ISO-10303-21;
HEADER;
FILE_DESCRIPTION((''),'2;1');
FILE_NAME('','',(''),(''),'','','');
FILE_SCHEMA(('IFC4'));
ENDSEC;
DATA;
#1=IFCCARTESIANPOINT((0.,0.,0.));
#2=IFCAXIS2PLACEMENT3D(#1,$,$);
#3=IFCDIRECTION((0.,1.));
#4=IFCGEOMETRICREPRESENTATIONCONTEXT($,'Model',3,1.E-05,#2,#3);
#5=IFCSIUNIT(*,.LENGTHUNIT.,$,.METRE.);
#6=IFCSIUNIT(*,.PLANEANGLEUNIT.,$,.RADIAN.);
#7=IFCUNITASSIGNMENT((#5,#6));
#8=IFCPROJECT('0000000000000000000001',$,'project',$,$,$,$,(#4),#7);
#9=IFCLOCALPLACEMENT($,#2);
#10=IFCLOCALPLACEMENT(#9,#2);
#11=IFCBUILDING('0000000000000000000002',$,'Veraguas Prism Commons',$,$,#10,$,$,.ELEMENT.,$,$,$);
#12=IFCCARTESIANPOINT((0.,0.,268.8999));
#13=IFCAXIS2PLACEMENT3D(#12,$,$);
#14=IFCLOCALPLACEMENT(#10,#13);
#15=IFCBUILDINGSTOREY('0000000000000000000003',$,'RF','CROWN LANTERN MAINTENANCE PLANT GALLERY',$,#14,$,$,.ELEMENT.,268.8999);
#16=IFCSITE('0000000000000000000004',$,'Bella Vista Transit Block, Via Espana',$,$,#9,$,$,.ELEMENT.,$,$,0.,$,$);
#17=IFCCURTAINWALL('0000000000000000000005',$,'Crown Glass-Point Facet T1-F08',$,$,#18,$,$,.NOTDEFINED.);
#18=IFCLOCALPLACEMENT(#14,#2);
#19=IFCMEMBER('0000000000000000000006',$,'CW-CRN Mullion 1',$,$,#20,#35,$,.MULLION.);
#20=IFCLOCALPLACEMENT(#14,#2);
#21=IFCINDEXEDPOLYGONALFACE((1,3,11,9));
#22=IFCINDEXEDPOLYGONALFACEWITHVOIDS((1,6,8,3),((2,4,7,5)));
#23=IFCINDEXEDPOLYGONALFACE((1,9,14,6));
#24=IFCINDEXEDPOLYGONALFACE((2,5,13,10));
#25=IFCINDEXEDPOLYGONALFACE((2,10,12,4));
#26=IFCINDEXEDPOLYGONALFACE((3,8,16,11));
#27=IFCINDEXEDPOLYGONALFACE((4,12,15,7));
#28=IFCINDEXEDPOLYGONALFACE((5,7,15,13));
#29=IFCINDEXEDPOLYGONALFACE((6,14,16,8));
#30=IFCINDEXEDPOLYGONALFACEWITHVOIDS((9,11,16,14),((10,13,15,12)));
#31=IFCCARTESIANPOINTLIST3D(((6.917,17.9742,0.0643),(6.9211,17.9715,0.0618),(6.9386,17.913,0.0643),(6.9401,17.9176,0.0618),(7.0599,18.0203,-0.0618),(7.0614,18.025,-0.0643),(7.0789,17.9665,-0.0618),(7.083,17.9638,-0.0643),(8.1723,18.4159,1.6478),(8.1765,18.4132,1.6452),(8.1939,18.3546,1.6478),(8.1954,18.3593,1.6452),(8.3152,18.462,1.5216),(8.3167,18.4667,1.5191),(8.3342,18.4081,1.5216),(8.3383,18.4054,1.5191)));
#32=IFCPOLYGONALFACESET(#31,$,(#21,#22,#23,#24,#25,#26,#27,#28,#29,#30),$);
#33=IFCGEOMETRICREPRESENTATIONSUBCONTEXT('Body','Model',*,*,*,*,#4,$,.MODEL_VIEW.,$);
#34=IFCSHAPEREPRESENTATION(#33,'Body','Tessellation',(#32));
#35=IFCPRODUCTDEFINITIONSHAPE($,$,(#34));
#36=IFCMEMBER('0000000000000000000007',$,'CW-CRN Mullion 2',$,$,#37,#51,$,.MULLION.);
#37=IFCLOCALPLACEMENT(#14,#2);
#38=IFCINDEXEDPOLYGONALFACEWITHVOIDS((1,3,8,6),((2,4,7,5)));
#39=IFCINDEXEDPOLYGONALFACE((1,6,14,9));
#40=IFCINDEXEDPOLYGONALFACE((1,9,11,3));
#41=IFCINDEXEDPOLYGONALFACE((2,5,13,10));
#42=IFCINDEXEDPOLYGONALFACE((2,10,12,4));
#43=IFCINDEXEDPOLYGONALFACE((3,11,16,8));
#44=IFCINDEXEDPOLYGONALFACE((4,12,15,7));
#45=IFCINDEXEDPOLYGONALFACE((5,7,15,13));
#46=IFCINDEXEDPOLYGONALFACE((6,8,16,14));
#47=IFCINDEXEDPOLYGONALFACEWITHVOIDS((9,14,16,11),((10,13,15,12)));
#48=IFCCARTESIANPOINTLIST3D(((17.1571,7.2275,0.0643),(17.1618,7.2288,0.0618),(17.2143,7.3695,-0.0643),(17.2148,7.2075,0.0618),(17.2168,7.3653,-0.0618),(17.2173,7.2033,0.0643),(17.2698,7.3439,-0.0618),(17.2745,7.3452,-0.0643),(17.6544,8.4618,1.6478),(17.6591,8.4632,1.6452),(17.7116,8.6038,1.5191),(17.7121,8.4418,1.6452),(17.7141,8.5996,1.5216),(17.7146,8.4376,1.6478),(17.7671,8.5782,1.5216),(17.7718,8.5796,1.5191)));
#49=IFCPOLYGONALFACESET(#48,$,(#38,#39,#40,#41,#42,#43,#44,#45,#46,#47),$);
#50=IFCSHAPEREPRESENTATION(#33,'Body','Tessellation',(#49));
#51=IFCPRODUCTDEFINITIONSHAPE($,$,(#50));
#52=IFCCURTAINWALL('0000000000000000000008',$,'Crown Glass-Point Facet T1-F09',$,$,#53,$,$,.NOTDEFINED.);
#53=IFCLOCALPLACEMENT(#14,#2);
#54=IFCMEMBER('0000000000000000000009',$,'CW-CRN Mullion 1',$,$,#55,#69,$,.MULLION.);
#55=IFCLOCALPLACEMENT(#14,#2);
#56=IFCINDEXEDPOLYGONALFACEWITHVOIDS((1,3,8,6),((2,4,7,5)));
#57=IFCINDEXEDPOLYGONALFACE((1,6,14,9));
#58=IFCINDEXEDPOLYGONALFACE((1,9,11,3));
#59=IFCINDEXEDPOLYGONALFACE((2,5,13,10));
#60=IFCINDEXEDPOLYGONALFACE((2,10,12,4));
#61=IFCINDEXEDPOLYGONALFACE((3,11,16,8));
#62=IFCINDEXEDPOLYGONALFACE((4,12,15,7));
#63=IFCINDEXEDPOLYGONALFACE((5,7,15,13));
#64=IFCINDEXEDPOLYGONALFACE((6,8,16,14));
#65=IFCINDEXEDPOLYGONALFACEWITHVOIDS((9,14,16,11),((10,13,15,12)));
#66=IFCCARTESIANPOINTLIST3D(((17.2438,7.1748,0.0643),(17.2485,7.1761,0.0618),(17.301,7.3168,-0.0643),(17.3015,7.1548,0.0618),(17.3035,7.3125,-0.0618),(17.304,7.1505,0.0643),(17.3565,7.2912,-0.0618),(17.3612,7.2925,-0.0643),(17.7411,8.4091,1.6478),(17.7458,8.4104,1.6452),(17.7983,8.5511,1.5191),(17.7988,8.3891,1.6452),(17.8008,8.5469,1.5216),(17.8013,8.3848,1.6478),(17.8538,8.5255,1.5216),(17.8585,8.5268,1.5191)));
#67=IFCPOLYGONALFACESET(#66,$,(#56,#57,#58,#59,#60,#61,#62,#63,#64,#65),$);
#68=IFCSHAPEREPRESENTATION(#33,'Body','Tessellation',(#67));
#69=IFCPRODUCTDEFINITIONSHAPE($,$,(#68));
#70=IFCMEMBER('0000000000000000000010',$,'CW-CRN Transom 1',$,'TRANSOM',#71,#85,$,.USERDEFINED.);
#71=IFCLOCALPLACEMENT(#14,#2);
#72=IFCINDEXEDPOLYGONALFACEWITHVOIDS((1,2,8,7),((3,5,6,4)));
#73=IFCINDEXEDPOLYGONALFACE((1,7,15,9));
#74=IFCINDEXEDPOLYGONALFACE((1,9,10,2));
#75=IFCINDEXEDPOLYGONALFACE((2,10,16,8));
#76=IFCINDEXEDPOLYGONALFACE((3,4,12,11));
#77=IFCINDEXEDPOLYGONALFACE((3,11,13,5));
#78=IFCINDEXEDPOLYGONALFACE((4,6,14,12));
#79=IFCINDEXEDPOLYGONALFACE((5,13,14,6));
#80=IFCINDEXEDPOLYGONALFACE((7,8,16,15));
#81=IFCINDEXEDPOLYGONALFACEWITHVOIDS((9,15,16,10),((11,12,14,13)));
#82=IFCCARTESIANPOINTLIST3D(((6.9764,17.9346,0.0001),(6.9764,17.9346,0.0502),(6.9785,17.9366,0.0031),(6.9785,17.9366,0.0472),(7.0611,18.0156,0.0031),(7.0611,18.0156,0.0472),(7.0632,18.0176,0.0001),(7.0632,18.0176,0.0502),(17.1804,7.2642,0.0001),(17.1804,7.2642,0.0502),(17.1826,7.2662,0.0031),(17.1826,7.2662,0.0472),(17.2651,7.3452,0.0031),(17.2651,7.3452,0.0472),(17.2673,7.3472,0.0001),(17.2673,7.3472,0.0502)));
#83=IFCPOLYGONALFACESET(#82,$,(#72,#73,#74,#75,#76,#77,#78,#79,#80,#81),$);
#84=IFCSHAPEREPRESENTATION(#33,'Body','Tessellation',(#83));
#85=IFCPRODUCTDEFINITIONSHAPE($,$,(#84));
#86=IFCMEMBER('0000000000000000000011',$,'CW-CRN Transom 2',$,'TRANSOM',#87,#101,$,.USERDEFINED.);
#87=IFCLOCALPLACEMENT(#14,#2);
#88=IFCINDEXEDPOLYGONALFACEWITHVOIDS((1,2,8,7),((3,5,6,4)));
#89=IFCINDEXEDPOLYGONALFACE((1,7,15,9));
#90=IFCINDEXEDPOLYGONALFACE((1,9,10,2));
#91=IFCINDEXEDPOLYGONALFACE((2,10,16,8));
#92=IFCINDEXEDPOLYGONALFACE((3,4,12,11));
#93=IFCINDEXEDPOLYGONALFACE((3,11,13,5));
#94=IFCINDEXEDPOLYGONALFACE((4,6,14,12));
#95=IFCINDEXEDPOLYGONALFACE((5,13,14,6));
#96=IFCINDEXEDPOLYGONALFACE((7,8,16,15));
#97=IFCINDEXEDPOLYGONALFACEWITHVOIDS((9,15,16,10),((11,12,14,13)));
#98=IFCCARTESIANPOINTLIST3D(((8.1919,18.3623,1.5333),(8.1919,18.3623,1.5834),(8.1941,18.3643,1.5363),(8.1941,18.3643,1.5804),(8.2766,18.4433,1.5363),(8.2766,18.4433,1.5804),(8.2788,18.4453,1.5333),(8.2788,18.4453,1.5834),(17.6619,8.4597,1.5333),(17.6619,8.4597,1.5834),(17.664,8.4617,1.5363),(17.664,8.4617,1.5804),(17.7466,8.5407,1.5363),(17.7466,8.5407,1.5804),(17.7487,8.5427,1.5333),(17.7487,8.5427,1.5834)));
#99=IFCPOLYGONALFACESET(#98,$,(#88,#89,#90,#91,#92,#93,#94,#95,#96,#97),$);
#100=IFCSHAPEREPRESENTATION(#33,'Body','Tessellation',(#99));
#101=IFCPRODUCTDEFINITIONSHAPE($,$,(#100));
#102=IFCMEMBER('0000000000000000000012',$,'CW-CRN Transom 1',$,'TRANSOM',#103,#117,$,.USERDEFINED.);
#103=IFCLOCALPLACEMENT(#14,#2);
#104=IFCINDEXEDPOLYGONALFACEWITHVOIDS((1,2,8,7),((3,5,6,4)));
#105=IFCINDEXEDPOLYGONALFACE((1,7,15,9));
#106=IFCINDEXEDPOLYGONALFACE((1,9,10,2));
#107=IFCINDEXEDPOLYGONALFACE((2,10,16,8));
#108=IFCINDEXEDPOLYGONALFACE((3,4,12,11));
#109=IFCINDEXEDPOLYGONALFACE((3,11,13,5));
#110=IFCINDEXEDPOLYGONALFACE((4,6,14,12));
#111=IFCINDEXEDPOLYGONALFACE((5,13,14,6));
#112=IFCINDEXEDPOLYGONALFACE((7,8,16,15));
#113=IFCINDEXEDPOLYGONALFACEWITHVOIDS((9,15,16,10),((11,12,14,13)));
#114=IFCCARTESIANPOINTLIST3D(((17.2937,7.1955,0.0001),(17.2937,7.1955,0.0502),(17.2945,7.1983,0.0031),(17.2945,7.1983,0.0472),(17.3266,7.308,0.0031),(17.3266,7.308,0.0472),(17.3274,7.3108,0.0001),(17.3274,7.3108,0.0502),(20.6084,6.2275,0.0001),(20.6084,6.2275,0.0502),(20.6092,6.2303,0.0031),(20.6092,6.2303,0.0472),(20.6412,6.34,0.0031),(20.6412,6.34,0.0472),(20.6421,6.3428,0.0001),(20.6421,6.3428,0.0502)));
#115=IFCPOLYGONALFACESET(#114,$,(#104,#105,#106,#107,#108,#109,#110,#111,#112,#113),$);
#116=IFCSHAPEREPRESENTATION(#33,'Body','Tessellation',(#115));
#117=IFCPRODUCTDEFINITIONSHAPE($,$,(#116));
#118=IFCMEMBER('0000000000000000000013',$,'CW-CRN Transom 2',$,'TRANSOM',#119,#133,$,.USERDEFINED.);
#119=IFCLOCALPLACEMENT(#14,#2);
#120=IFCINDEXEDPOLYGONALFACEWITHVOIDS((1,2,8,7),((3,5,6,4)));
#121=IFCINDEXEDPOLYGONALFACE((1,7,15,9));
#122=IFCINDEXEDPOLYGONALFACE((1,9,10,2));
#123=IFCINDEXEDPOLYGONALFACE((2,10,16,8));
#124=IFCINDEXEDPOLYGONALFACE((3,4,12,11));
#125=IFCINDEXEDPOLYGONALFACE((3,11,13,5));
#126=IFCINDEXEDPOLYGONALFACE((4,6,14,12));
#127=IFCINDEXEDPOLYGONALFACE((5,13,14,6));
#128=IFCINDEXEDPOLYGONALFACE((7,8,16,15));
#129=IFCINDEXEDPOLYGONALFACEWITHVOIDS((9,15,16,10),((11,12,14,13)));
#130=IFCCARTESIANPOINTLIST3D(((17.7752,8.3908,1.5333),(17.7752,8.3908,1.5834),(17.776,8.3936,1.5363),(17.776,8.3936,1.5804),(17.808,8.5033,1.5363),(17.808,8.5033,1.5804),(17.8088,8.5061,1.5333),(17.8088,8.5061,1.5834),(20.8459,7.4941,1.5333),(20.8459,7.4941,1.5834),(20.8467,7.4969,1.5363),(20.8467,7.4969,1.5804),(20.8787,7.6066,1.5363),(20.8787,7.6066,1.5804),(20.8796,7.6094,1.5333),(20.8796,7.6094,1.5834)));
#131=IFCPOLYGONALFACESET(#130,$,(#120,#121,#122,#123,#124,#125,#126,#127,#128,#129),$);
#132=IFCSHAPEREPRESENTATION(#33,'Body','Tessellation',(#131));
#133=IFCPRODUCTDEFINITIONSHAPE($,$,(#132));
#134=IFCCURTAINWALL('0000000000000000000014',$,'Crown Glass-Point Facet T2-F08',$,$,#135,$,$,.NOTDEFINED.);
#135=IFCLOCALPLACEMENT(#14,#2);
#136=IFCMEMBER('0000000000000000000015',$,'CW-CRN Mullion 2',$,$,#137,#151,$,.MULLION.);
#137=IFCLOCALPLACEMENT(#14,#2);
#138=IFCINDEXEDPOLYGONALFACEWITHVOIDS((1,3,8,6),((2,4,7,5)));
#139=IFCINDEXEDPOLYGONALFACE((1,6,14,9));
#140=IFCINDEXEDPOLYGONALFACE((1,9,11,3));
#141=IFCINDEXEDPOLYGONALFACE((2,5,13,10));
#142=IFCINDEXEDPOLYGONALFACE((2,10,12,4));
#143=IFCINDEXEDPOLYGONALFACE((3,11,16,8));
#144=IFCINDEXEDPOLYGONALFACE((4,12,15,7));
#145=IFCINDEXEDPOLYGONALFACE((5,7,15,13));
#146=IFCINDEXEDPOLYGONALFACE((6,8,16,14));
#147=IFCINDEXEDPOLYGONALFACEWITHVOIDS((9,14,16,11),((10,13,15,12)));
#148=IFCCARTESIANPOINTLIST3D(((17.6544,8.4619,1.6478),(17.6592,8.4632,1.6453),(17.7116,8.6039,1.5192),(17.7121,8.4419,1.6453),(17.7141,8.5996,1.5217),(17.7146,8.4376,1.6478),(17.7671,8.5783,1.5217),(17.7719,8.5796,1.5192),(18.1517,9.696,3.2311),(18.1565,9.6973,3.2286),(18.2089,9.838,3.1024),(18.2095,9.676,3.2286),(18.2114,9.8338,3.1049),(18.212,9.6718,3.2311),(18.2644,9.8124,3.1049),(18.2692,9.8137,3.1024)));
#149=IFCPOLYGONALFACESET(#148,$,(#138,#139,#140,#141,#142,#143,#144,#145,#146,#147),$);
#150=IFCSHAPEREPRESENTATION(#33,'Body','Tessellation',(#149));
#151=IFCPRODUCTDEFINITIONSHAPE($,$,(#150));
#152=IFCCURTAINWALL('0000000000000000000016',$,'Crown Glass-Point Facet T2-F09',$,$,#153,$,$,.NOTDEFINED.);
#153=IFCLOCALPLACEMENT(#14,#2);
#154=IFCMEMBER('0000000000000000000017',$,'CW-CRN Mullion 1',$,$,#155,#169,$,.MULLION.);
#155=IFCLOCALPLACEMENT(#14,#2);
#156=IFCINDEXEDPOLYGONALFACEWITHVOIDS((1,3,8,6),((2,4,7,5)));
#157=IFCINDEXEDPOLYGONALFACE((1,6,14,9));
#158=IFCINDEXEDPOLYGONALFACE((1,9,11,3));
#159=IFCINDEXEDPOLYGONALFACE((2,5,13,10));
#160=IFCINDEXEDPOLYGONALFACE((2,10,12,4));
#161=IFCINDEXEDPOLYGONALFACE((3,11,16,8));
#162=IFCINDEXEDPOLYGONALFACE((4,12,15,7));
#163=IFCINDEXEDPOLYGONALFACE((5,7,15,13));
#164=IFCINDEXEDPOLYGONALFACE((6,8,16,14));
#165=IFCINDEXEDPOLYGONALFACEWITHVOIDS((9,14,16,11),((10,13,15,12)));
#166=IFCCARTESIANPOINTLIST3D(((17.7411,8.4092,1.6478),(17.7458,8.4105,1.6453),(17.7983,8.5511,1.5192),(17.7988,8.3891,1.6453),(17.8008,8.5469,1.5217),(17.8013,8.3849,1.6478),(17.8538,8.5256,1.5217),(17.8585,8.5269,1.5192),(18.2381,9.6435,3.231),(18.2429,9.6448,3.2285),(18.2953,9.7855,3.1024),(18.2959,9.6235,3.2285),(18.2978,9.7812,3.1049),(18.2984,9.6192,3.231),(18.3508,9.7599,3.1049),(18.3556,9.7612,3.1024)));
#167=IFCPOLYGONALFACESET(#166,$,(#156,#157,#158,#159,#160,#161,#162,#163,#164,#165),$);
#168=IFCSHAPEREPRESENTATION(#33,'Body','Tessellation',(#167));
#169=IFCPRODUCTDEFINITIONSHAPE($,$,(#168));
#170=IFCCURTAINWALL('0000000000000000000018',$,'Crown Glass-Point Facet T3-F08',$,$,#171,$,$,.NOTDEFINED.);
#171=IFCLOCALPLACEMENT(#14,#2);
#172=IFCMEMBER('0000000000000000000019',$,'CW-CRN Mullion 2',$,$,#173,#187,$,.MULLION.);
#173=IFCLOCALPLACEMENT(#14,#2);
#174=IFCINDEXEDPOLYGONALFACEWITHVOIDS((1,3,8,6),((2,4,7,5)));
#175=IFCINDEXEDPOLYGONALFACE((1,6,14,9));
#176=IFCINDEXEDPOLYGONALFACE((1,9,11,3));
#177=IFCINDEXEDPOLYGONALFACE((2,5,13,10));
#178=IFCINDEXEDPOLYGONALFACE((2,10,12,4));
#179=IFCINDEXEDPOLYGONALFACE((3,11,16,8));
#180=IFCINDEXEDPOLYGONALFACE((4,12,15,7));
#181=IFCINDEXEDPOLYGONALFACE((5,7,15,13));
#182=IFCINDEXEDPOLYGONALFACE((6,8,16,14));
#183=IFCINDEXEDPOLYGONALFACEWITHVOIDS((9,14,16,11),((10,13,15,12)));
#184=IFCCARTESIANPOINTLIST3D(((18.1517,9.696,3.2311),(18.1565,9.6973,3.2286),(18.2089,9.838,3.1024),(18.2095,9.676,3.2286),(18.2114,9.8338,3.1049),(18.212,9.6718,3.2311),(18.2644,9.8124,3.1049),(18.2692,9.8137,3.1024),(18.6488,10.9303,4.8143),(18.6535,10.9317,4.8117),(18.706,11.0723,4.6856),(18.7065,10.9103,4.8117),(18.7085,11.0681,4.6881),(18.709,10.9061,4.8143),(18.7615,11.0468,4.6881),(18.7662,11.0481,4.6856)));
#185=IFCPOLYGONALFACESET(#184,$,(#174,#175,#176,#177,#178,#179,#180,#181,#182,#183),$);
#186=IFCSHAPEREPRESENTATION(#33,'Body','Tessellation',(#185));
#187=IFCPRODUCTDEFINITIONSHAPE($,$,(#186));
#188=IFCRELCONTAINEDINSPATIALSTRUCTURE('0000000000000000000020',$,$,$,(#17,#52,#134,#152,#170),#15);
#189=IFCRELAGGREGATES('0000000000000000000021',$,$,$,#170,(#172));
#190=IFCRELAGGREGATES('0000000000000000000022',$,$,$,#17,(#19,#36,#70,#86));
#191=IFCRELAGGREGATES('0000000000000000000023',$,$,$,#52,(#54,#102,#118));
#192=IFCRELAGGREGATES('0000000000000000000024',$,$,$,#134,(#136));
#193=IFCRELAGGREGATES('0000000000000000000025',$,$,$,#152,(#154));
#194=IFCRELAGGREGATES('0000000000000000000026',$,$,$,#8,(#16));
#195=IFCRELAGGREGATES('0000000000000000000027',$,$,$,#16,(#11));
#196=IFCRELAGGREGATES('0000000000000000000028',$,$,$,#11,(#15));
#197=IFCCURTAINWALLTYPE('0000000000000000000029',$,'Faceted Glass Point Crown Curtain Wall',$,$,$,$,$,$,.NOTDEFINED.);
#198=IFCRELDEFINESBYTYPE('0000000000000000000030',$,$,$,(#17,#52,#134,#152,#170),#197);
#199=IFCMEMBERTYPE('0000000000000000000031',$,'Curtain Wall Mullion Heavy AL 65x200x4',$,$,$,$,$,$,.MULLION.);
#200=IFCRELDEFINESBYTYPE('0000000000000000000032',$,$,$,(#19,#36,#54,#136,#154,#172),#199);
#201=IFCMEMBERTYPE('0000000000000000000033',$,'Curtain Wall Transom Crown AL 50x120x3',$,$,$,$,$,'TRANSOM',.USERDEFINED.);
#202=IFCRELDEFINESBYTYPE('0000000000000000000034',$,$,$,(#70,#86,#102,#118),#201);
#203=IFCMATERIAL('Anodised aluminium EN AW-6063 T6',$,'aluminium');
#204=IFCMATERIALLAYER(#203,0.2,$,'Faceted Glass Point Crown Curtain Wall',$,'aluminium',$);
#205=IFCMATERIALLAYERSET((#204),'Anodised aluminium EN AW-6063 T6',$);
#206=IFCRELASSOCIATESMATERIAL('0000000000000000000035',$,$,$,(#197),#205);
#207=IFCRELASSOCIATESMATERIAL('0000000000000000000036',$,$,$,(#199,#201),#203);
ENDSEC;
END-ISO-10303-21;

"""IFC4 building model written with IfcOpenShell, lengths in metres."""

from ifc_helpers import new_model, si_unit, direction, frame, origin, origin_2d, place, context, subcontext, project, spatial, hollow_rectangle, extrude, source, transform, mapped, material, layer, layer_set, material_profile, profile_set, type_object, element, aggregate, save


model = new_model("IFC4")

# Units and contexts
model_context = context("Model", 3, precision=1e-05, world=origin(), true_north=direction((0.0, 1.0)))
body_context = subcontext(model_context, "Body", "Model", "MODEL_VIEW")
ifc_project = project(units=[si_unit("LENGTHUNIT", "METRE"), si_unit("PLANEANGLEUNIT", "RADIAN")], contexts=[model_context])

# Site, building, storey
site_placement = place(None, origin())
site = spatial("IfcSite", under=ifc_project, at=site_placement, Name="Bella Vista Transit Block, Via Espana", CompositionType="ELEMENT", RefElevation=0.0)
building_placement = place(site_placement, origin())
building = spatial("IfcBuilding", under=site, at=building_placement, Name="Veraguas Prism Commons", CompositionType="ELEMENT")
storey_placement = place(building_placement, frame((0.0, 0.0, 268.8999)))
storey = spatial("IfcBuildingStorey", under=building, at=storey_placement, Name="RF", Description="CROWN LANTERN MAINTENANCE PLANT GALLERY", CompositionType="ELEMENT", Elevation=268.8999)

# Shared definitions
ifc_material_1 = material(Name="Anodised aluminium EN AW-6063 T6", Category="aluminium")
ifc_layer_1 = layer(ifc_material_1, 0.2, Name="Faceted Glass Point Crown Curtain Wall", Category="aluminium")
ifc_layer_set_1 = layer_set([ifc_layer_1], Name="Anodised aluminium EN AW-6063 T6")
curtain_wall_type = type_object("IfcCurtainWallType", Name="Faceted Glass Point Crown Curtain Wall", PredefinedType="NOTDEFINED", material=ifc_layer_set_1)
ifc_material_profile_1 = material_profile(ifc_material_1, hollow_rectangle(XDim=0.0649, YDim=0.2, WallThickness=0.0039, at=origin_2d()), Name="AL65X200X4")
ifc_profile_set_1 = profile_set([ifc_material_profile_1], Name="Anodised aluminium EN AW-6063 T6")
member_type_1 = type_object("IfcMemberType", Name="Curtain Wall Mullion Heavy AL 65x200x4", PredefinedType="MULLION", material=ifc_profile_set_1)
shared_shape_1 = source(origin(), body_context, "Body", "SweptSolid", [
    extrude(hollow_rectangle(XDim=0.0649, YDim=0.2, WallThickness=0.0039, at=origin_2d()), origin(), (0.0, 0.0, 1.0), 2.0684),
])

# Curtain wall, members
curtain_wall_1_placement = place(storey_placement, origin())
curtain_wall_1 = element("IfcCurtainWall", 1, at=curtain_wall_1_placement, inside=storey, type_object=curtain_wall_type, Name="Crown Glass-Point Facet T1-F08", PredefinedType="NOTDEFINED")
member_1_placement = place(storey_placement, frame((7.0, 17.969, 0.0), z_axis=(0.606915, 0.213518, 0.765548), x_axis=(-0.33187, 0.943325, 0.0)))
member_1 = element("IfcMember", 2, at=member_1_placement, type_object=member_type_1, Name="CW-CRN Mullion 1", PredefinedType="MULLION", context=body_context, shape_type="MappedRepresentation", body=[
    mapped(shared_shape_1, transform((0.0, 0.0, 0.0), scale=1.0)),
])
member_2_placement = place(storey_placement, frame((17.2158, 7.2864, 0.0), z_axis=(0.240429, 0.596765, 0.765549), x_axis=(-0.92755, 0.373699, 0.0)))
member_2 = element("IfcMember", 3, at=member_2_placement, type_object=member_type_1, Name="CW-CRN Mullion 2", PredefinedType="MULLION", context=body_context, shape_type="MappedRepresentation", body=[
    mapped(shared_shape_1, transform((0.0, 0.0, 0.0), scale=1.0)),
])

# Curtain wall, member
curtain_wall_2_placement = place(storey_placement, origin())
curtain_wall_2 = element("IfcCurtainWall", 4, at=curtain_wall_2_placement, inside=storey, type_object=curtain_wall_type, Name="Crown Glass-Point Facet T1-F09", PredefinedType="NOTDEFINED")
member_3_placement = place(storey_placement, frame((17.3025, 7.2336, 0.0), z_axis=(0.240429, 0.596765, 0.765549), x_axis=(-0.92755, 0.373699, 0.0)))
member_3 = element("IfcMember", 5, at=member_3_placement, type_object=member_type_1, Name="CW-CRN Mullion 1", PredefinedType="MULLION", context=body_context, shape_type="MappedRepresentation", body=[
    mapped(shared_shape_1, transform((0.0, 0.0, 0.0), scale=1.0)),
])

# Members
ifc_material_profile_2 = material_profile(ifc_material_1, hollow_rectangle(XDim=0.05, YDim=0.1201, WallThickness=0.0029, at=origin_2d()), Name="AL50X120X3")
ifc_profile_set_2 = profile_set([ifc_material_profile_2], Name="Anodised aluminium EN AW-6063 T6")
member_type_2 = type_object("IfcMemberType", Name="Curtain Wall Transom Crown AL 50x120x3", ElementType="TRANSOM", PredefinedType="USERDEFINED", material=ifc_profile_set_2)
shared_shape_2 = source(origin(), body_context, "Body", "SweptSolid", [
    extrude(hollow_rectangle(XDim=0.05, YDim=0.1201, WallThickness=0.0029, at=origin_2d()), origin(), (0.0, 0.0, 1.0), 14.7642),
])
member_4_placement = place(storey_placement, frame((7.0198, 17.9761, 0.0251), z_axis=(0.691139, -0.722722, 0.0), x_axis=(0.0, 0.0, 1.0)))
member_4 = element("IfcMember", 6, at=member_4_placement, type_object=member_type_2, Name="CW-CRN Transom 1", ObjectType="TRANSOM", PredefinedType="USERDEFINED", context=body_context, shape_type="MappedRepresentation", body=[
    mapped(shared_shape_2, transform((0.0, 0.0, 0.0), scale=1.0)),
])
shared_shape_3 = source(origin(), body_context, "Body", "SweptSolid", [
    extrude(hollow_rectangle(XDim=0.05, YDim=0.1201, WallThickness=0.0029, at=origin_2d()), origin(), (0.0, 0.0, 1.0), 13.7019),
])
member_5_placement = place(storey_placement, frame((8.2354, 18.4038, 1.5583), z_axis=(0.691144, -0.722717, 0.0), x_axis=(0.0, 0.0, 1.0)))
member_5 = element("IfcMember", 7, at=member_5_placement, type_object=member_type_2, Name="CW-CRN Transom 2", ObjectType="TRANSOM", PredefinedType="USERDEFINED", context=body_context, shape_type="MappedRepresentation", body=[
    mapped(shared_shape_3, transform((0.0, 0.0, 0.0), scale=1.0)),
])
shared_shape_4 = source(origin(), body_context, "Body", "SweptSolid", [
    extrude(hollow_rectangle(XDim=0.05, YDim=0.1201, WallThickness=0.0029, at=origin_2d()), origin(), (0.0, 0.0, 1.0), 3.4531),
])
member_6_placement = place(storey_placement, frame((17.3105, 7.2532, 0.0251), z_axis=(0.959904, -0.280328, 0.0), x_axis=(0.0, 0.0, 1.0)))
member_6 = element("IfcMember", 8, at=member_6_placement, type_object=member_type_2, Name="CW-CRN Transom 1", ObjectType="TRANSOM", PredefinedType="USERDEFINED", context=body_context, shape_type="MappedRepresentation", body=[
    mapped(shared_shape_4, transform((0.0, 0.0, 0.0), scale=1.0)),
])
shared_shape_5 = source(origin(), body_context, "Body", "SweptSolid", [
    extrude(hollow_rectangle(XDim=0.05, YDim=0.1201, WallThickness=0.0029, at=origin_2d()), origin(), (0.0, 0.0, 1.0), 3.199),
])
member_7_placement = place(storey_placement, frame((17.792, 8.4485, 1.5583), z_axis=(0.959909, -0.280311, 0.0), x_axis=(0.0, 0.0, 1.0)))
member_7 = element("IfcMember", 9, at=member_7_placement, type_object=member_type_2, Name="CW-CRN Transom 2", ObjectType="TRANSOM", PredefinedType="USERDEFINED", context=body_context, shape_type="MappedRepresentation", body=[
    mapped(shared_shape_5, transform((0.0, 0.0, 0.0), scale=1.0)),
])

# Curtain walls, members
curtain_wall_3_placement = place(storey_placement, origin())
curtain_wall_3 = element("IfcCurtainWall", 10, at=curtain_wall_3_placement, inside=storey, type_object=curtain_wall_type, Name="Crown Glass-Point Facet T2-F08", PredefinedType="NOTDEFINED")
shared_shape_6 = source(origin(), body_context, "Body", "SweptSolid", [
    extrude(hollow_rectangle(XDim=0.0649, YDim=0.2, WallThickness=0.0039, at=origin_2d()), origin(), (0.0, 0.0, 1.0), 2.0681),
])
member_8_placement = place(storey_placement, frame((17.7131, 8.5208, 1.5835), z_axis=(0.240468, 0.596743, 0.765554), x_axis=(-0.927525, 0.373762, 0.0)))
member_8 = element("IfcMember", 11, at=member_8_placement, type_object=member_type_1, Name="CW-CRN Mullion 2", PredefinedType="MULLION", context=body_context, shape_type="MappedRepresentation", body=[
    mapped(shared_shape_6, transform((0.0, 0.0, 0.0), scale=1.0)),
])
curtain_wall_4_placement = place(storey_placement, origin())
curtain_wall_4 = element("IfcCurtainWall", 12, at=curtain_wall_4_placement, inside=storey, type_object=curtain_wall_type, Name="Crown Glass-Point Facet T2-F09", PredefinedType="NOTDEFINED")
member_9_placement = place(storey_placement, frame((17.7998, 8.468, 1.5835), z_axis=(0.24034, 0.596836, 0.765522), x_axis=(-0.927614, 0.373541, 0.0)))
member_9 = element("IfcMember", 13, at=member_9_placement, type_object=member_type_1, Name="CW-CRN Mullion 1", PredefinedType="MULLION", context=body_context, shape_type="MappedRepresentation", body=[
    mapped(shared_shape_6, transform((0.0, 0.0, 0.0), scale=1.0)),
])
curtain_wall_5_placement = place(storey_placement, origin())
curtain_wall_5 = element("IfcCurtainWall", 14, at=curtain_wall_5_placement, inside=storey, type_object=curtain_wall_type, Name="Crown Glass-Point Facet T3-F08", PredefinedType="NOTDEFINED")
member_10_placement = place(storey_placement, frame((18.2104, 9.7549, 3.1667), z_axis=(0.24034, 0.596836, 0.765522), x_axis=(-0.927614, 0.373541, 0.0)))
member_10 = element("IfcMember", 15, at=member_10_placement, type_object=member_type_1, Name="CW-CRN Mullion 2", PredefinedType="MULLION", context=body_context, shape_type="MappedRepresentation", body=[
    mapped(shared_shape_6, transform((0.0, 0.0, 0.0), scale=1.0)),
])
aggregate(curtain_wall_5, [member_10])

aggregate(curtain_wall_1, [member_1, member_2, member_4, member_5])
aggregate(curtain_wall_2, [member_3, member_6, member_7])
aggregate(curtain_wall_3, [member_8])
aggregate(curtain_wall_4, [member_9])

save(model, "model.ifc")
